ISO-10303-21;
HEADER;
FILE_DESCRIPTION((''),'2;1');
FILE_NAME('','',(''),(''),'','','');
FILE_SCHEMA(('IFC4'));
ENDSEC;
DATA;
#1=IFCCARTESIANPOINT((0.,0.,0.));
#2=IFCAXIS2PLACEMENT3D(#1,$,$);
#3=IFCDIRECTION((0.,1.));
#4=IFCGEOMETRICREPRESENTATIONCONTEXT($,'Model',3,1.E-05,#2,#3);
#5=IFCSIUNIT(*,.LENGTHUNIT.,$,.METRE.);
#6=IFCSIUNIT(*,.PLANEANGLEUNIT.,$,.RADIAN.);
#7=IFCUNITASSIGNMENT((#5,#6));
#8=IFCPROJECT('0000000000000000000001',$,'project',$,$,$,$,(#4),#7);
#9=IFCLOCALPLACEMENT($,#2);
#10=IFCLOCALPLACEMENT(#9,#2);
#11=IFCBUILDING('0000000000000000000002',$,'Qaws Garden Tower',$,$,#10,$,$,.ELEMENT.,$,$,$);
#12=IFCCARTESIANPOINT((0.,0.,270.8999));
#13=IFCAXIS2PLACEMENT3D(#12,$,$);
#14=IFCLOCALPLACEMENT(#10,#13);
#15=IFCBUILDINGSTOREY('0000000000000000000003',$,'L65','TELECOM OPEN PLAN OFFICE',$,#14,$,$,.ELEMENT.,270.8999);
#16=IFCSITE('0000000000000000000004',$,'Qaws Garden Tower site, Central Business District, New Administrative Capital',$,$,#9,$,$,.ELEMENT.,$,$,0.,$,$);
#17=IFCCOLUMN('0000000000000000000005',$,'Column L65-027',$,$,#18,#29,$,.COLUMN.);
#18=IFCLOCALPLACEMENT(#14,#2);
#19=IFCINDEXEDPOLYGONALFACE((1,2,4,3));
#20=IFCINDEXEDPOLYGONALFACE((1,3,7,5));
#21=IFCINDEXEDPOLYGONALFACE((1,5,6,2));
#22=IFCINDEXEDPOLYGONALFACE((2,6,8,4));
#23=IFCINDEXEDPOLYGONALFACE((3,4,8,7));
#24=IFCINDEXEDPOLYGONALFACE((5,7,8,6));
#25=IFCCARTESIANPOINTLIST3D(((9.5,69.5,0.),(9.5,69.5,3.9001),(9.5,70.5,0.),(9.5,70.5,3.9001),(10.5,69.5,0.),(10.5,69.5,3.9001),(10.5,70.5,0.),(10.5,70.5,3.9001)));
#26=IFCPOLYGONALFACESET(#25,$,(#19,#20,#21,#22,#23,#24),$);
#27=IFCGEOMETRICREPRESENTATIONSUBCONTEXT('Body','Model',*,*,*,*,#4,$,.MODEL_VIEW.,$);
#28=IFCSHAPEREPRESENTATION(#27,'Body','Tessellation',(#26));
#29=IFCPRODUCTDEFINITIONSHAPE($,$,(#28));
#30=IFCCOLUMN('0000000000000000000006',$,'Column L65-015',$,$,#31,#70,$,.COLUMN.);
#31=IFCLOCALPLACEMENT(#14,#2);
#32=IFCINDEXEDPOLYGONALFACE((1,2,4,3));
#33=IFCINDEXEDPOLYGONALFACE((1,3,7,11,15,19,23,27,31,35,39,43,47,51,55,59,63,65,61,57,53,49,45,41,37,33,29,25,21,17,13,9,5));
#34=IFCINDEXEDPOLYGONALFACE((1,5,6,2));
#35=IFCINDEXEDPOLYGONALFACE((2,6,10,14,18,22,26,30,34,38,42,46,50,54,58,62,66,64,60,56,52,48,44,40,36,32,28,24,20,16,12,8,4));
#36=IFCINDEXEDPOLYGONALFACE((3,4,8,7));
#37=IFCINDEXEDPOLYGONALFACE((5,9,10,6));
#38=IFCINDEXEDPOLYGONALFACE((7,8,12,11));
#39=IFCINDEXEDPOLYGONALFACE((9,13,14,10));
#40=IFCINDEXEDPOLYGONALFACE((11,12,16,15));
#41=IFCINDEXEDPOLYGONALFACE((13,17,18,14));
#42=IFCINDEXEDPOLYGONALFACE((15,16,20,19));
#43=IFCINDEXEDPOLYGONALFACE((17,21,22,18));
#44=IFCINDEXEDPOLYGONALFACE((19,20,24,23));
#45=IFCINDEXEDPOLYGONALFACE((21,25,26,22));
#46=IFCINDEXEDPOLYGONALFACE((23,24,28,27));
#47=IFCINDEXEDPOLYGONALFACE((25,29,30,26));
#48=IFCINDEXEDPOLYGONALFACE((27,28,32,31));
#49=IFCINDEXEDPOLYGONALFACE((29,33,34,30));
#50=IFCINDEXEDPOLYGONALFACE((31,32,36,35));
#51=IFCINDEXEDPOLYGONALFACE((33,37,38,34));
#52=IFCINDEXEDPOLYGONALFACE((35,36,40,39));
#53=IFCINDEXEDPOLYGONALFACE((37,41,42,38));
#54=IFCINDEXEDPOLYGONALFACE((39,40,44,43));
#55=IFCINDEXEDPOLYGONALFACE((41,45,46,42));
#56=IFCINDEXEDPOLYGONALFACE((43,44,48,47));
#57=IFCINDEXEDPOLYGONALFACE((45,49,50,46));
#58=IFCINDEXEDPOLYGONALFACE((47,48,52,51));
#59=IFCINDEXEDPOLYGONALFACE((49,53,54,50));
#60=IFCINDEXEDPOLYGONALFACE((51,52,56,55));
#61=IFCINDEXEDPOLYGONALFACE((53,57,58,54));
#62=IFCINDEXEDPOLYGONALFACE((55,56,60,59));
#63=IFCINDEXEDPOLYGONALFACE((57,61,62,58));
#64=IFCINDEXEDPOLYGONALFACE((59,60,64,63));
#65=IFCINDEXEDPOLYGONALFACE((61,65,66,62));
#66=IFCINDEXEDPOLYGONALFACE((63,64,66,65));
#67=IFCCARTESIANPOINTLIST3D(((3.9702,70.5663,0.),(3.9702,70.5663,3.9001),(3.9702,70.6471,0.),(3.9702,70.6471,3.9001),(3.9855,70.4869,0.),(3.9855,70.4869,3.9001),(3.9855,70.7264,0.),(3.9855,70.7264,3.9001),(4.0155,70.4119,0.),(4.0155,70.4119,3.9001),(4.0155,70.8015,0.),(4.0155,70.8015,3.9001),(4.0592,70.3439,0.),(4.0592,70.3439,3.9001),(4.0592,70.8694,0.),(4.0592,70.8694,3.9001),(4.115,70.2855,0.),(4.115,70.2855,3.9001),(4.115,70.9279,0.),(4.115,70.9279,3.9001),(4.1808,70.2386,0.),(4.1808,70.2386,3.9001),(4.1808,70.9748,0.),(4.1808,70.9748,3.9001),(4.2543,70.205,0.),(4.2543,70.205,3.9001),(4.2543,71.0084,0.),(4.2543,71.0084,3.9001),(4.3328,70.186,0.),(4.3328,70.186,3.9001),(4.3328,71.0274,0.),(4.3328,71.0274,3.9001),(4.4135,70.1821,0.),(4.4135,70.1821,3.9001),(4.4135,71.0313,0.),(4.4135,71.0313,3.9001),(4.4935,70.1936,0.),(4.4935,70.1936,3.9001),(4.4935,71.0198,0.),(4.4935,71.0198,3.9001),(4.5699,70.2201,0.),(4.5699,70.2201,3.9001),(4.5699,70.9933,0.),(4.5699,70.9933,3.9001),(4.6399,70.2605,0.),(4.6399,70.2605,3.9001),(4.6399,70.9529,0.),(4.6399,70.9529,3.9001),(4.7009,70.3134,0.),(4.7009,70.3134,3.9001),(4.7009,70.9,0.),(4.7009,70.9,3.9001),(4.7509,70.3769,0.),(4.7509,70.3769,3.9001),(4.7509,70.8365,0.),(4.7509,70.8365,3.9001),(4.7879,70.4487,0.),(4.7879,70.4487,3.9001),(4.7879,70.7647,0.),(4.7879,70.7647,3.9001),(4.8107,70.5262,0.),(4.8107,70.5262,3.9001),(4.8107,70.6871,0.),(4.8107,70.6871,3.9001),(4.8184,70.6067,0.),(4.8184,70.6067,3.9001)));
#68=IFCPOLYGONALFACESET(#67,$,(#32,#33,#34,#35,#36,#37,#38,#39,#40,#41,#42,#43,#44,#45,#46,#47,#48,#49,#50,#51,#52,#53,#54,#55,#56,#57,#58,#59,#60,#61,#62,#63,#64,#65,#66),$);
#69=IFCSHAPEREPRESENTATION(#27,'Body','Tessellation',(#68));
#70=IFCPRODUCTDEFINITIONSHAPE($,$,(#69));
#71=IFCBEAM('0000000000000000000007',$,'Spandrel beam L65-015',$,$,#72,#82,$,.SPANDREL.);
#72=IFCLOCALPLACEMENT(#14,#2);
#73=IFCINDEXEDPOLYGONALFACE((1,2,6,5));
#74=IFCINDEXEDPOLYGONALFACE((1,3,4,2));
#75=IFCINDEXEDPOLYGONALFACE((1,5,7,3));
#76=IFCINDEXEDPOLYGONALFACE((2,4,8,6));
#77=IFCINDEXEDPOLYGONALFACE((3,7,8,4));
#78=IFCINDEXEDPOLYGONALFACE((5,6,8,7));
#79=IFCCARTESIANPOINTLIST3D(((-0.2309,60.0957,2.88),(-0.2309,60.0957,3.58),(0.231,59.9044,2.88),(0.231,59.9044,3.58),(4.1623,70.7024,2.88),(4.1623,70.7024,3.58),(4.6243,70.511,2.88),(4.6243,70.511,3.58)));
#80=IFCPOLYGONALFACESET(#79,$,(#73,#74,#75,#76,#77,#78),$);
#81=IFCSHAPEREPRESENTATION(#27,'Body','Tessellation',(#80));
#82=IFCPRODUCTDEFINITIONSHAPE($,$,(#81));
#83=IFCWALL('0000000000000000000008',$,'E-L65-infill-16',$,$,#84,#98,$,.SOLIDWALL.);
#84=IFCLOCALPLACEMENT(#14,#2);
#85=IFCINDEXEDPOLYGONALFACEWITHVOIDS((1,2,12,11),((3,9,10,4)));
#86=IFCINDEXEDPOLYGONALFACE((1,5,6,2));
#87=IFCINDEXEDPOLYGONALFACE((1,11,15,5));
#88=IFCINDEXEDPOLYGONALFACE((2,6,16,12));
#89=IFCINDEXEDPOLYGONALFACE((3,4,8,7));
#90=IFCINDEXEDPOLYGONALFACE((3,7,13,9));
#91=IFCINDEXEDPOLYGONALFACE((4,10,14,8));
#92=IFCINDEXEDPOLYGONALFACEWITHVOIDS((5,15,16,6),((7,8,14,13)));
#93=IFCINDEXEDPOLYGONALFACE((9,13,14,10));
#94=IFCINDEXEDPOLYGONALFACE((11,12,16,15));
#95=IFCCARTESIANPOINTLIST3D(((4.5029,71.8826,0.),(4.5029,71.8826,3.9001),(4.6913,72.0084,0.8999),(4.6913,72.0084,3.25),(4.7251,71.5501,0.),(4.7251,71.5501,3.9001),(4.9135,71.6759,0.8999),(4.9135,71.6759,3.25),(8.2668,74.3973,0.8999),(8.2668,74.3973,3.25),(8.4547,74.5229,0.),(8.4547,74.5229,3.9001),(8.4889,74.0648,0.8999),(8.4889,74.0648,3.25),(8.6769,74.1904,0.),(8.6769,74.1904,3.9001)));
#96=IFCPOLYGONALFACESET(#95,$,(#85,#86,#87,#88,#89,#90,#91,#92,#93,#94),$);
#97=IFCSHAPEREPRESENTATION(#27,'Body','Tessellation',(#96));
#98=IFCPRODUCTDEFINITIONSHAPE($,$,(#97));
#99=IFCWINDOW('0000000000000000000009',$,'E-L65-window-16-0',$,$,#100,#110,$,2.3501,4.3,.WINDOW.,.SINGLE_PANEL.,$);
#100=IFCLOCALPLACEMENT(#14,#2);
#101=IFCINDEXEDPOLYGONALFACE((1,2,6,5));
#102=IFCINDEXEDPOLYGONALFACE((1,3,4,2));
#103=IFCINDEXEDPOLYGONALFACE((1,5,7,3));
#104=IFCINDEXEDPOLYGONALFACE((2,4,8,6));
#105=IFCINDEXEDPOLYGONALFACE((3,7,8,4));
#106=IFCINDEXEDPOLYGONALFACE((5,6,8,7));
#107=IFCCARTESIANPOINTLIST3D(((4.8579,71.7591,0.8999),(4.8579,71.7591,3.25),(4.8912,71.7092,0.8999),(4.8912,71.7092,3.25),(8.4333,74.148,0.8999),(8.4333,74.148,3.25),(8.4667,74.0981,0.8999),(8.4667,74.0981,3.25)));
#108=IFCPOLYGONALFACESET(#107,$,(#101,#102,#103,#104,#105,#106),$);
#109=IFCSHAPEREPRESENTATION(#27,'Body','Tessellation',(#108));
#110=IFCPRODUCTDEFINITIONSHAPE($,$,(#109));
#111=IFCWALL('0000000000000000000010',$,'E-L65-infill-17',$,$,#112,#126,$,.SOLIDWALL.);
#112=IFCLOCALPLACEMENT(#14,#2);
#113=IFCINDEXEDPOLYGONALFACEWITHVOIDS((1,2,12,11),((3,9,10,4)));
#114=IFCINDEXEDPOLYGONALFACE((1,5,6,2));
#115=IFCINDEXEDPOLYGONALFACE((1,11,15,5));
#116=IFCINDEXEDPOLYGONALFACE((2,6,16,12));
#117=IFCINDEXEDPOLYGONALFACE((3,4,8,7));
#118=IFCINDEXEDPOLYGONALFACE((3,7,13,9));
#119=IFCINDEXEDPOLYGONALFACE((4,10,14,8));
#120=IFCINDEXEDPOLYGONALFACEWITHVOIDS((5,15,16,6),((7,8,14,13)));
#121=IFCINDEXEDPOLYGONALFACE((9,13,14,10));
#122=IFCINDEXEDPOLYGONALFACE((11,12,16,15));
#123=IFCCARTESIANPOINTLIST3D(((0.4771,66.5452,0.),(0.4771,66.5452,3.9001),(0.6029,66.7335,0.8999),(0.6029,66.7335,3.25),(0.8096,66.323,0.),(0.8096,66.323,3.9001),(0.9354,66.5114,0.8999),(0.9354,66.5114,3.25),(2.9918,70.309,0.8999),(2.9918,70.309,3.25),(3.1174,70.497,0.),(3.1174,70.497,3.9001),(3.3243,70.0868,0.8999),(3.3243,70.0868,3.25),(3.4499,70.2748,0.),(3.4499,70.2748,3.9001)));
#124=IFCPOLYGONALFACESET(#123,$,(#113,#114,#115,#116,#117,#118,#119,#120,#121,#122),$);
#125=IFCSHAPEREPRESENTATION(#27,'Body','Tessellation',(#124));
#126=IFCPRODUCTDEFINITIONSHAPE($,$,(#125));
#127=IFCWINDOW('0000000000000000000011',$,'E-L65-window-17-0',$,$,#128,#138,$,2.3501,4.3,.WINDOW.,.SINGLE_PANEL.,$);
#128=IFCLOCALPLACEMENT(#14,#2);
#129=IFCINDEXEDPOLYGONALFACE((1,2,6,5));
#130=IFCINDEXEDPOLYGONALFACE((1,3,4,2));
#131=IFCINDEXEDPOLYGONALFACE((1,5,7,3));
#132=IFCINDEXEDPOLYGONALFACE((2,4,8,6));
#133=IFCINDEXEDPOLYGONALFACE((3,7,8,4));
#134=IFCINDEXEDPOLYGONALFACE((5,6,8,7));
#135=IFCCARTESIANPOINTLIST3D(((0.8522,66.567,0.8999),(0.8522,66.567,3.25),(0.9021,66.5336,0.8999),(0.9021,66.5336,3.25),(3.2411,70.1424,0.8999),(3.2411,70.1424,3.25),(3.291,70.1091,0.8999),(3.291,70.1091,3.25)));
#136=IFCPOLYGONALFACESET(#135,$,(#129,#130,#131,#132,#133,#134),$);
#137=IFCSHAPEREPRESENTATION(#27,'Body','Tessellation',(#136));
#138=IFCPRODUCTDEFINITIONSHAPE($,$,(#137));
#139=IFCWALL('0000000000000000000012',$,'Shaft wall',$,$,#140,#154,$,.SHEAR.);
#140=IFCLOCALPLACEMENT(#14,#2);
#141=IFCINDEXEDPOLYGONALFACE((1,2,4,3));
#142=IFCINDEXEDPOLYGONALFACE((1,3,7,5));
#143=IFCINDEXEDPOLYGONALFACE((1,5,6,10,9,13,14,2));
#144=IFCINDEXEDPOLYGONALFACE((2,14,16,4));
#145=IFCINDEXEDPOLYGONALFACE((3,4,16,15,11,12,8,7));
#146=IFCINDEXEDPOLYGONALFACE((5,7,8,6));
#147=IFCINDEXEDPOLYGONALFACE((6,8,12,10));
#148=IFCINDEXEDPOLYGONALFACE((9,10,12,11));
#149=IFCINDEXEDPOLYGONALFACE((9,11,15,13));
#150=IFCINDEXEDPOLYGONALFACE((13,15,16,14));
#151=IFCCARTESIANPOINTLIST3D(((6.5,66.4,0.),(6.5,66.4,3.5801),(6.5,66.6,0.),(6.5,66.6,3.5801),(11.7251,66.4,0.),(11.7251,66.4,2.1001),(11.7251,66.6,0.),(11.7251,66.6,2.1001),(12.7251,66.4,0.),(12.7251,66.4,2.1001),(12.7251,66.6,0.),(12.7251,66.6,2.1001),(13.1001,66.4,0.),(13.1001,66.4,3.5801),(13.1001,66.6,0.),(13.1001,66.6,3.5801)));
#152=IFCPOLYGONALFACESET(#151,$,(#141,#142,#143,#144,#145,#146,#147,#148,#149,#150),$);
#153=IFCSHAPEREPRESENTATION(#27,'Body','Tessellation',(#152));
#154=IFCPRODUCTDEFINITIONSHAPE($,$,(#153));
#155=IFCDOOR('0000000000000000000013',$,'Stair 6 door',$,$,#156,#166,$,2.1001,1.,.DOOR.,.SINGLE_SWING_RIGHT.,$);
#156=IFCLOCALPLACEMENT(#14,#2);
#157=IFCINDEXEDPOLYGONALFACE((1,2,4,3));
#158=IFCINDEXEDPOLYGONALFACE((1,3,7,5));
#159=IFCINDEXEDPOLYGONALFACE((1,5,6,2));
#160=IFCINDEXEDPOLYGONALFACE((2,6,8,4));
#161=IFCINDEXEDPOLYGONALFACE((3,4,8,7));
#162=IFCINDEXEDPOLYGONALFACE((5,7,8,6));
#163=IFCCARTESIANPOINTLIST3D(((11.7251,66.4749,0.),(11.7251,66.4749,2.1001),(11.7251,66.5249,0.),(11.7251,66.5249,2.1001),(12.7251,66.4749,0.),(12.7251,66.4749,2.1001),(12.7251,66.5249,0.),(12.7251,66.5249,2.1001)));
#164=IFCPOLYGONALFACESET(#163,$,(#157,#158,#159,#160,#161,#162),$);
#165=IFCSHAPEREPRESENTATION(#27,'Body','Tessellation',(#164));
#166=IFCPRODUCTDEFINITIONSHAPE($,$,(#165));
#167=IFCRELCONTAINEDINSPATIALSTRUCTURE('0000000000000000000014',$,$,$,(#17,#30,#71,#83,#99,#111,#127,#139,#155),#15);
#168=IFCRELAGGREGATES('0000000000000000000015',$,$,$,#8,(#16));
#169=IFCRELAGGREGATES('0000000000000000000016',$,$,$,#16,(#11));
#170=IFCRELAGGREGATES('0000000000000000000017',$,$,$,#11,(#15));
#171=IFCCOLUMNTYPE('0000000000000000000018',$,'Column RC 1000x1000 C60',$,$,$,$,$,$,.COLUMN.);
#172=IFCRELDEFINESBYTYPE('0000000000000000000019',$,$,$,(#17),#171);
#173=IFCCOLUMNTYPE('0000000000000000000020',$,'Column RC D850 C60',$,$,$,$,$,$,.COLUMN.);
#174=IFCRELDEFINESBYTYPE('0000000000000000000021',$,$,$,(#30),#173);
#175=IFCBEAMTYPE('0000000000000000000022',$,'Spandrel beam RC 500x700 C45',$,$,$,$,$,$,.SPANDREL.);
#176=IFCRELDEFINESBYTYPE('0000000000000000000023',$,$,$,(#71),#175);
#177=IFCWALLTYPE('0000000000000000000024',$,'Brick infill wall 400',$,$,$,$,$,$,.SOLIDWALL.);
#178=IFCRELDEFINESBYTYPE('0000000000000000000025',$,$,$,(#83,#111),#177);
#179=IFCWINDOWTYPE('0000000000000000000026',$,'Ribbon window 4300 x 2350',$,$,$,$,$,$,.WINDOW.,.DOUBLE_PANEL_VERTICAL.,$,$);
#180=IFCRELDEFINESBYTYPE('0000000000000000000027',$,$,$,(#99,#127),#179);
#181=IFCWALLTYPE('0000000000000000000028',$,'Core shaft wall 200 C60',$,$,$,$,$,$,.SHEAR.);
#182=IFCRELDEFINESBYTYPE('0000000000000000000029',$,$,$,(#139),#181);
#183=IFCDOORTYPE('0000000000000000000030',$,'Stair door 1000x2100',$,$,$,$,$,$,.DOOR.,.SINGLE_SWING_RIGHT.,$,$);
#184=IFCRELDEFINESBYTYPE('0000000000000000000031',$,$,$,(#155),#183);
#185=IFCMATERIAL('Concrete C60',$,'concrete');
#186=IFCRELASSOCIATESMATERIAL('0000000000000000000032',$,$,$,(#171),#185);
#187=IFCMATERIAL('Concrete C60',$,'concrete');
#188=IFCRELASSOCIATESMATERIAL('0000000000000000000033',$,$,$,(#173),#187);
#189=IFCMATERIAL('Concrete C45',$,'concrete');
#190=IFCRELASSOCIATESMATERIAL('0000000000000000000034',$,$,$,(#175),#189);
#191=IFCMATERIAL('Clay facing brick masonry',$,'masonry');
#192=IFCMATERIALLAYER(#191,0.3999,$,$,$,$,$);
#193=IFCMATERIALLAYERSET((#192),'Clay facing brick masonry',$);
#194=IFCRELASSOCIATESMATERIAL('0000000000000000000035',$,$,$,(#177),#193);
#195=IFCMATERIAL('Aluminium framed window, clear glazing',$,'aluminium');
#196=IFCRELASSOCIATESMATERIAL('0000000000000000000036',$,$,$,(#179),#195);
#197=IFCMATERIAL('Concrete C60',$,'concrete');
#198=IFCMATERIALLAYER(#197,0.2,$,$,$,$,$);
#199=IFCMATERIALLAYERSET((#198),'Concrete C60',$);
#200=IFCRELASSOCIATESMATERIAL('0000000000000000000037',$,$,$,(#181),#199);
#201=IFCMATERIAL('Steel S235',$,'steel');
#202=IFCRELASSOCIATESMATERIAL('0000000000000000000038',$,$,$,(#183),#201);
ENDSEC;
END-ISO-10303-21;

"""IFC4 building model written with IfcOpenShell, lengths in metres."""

from ifc_helpers import new_model, si_unit, direction, frame, frame_2d, origin, origin_2d, place, context, subcontext, project, spatial, rectangle, circle, extrude, material, layer, layer_set, material_profile, profile_set, type_object, element, fill, save


model = new_model("IFC4")

# Units and contexts
model_context = context("Model", 3, precision=1e-05, world=origin(), true_north=direction((0.0, 1.0)))
body_context = subcontext(model_context, "Body", "Model", "MODEL_VIEW")
ifc_project = project(units=[si_unit("LENGTHUNIT", "METRE"), si_unit("PLANEANGLEUNIT", "RADIAN")], contexts=[model_context])

# Site, building, storey
site_placement = place(None, origin())
site = spatial("IfcSite", under=ifc_project, at=site_placement, Name="Qaws Garden Tower site, Central Business District, New Administrative Capital", CompositionType="ELEMENT", RefElevation=0.0)
building_placement = place(site_placement, origin())
building = spatial("IfcBuilding", under=site, at=building_placement, Name="Qaws Garden Tower", CompositionType="ELEMENT")
storey_placement = place(building_placement, frame((0.0, 0.0, 270.8999)))
storey = spatial("IfcBuildingStorey", under=building, at=storey_placement, Name="L65", Description="TELECOM OPEN PLAN OFFICE", CompositionType="ELEMENT", Elevation=270.8999)

# Columns
ifc_material_1 = material(Name="Concrete C60", Category="concrete")
ifc_material_profile_1 = material_profile(ifc_material_1, rectangle(XDim=1.0, YDim=1.0, at=origin_2d()), Name="RC 1000x1000")
ifc_profile_set_1 = profile_set([ifc_material_profile_1], Name="Concrete C60")
column_type_1 = type_object("IfcColumnType", Name="Column RC 1000x1000 C60", PredefinedType="COLUMN", material=ifc_profile_set_1)
column_1_placement = place(storey_placement, frame((10.0, 70.0, 0.0), z_axis=(0.0, 0.0, 1.0), x_axis=(1.0, 0.0, 0.0)))
element("IfcColumn", 1, at=column_1_placement, inside=storey, type_object=column_type_1, Name="Column L65-027", PredefinedType="COLUMN", context=body_context, shape_type="SweptSolid", body=[
    extrude(rectangle(XDim=1.0, YDim=1.0, at=origin_2d()), origin(), (0.0, 0.0, 1.0), 3.9001),
])
ifc_material_2 = material(Name="Concrete C60", Category="concrete")
ifc_material_profile_2 = material_profile(ifc_material_2, circle(Radius=0.425, at=origin_2d()), Name="RC D850")
ifc_profile_set_2 = profile_set([ifc_material_profile_2], Name="Concrete C60")
column_type_2 = type_object("IfcColumnType", Name="Column RC D850 C60", PredefinedType="COLUMN", material=ifc_profile_set_2)
column_2_placement = place(storey_placement, frame((4.3933, 70.6067, 0.0), z_axis=(0.0, 0.0, 1.0), x_axis=(1.0, 0.0, 0.0)))
element("IfcColumn", 2, at=column_2_placement, inside=storey, type_object=column_type_2, Name="Column L65-015", PredefinedType="COLUMN", context=body_context, shape_type="SweptSolid", body=[
    extrude(circle(Radius=0.425, at=origin_2d()), origin(), (0.0, 0.0, 1.0), 3.9001),
])

# Beam
ifc_material_3 = material(Name="Concrete C45", Category="concrete")
ifc_material_profile_3 = material_profile(ifc_material_3, rectangle(XDim=0.5, YDim=0.7, at=origin_2d()), Name="RC 500x700")
ifc_profile_set_3 = profile_set([ifc_material_profile_3], Name="Concrete C45")
beam_type = type_object("IfcBeamType", Name="Spandrel beam RC 500x700 C45", PredefinedType="SPANDREL", material=ifc_profile_set_3)
beam_placement = place(storey_placement, frame((4.3933, 70.6067, 3.23), z_axis=(-0.382674, -0.923883, 0.0), x_axis=(0.923883, -0.382674, 0.0)))
element("IfcBeam", 3, at=beam_placement, inside=storey, type_object=beam_type, Name="Spandrel beam L65-015", PredefinedType="SPANDREL", context=body_context, shape_type="SweptSolid", body=[
    extrude(rectangle(XDim=0.5, YDim=0.7, at=origin_2d()), origin(), (0.0, 0.0, 1.0), 11.4805),
])

# Walls, openings, windows
ifc_material_4 = material(Name="Clay facing brick masonry", Category="masonry")
ifc_layer_1 = layer(ifc_material_4, 0.3999)
ifc_layer_set_1 = layer_set([ifc_layer_1], Name="Clay facing brick masonry")
wall_type_1 = type_object("IfcWallType", Name="Brick infill wall 400", PredefinedType="SOLIDWALL", material=ifc_layer_set_1)
wall_1_placement = place(storey_placement, frame((8.5659, 74.3567, 0.0), z_axis=(0.0, 0.0, 1.0), x_axis=(-0.831489, -0.555542, 0.0)))
wall_1 = element("IfcWall", 4, at=wall_1_placement, inside=storey, type_object=wall_type_1, Name="E-L65-infill-16", PredefinedType="SOLIDWALL", context=body_context, shape_type="SweptSolid", body=[
    extrude(rectangle(XDim=4.7527, YDim=0.3999, at=frame_2d((2.3765, 0.0))), origin(), (0.0, 0.0, 1.0), 3.9001),
])
opening_1_placement = place(wall_1_placement, frame((0.2263, 0.0, 0.8999)))
opening_1 = element("IfcOpeningElement", 5, at=opening_1_placement, cuts=wall_1, PredefinedType="OPENING", context=body_context, shape_type="SweptSolid", body=[
    extrude(rectangle(XDim=4.3, YDim=2.3501, at=frame_2d((2.1499, 1.175))), frame((0.0, 0.21, 0.0), z_axis=(0.0, -1.0, 0.0), x_axis=(1.0, 0.0, 0.0)), (0.0, 0.0, 1.0), 0.4199),
])
ifc_material_5 = material(Name="Aluminium framed window, clear glazing", Category="aluminium")
window_type = type_object("IfcWindowType", Name="Ribbon window 4300 x 2350", PartitioningType="DOUBLE_PANEL_VERTICAL", PredefinedType="WINDOW", material=ifc_material_5)
window_1_placement = place(opening_1_placement, origin())
window_1 = element("IfcWindow", 6, at=window_1_placement, inside=storey, type_object=window_type, Name="E-L65-window-16-0", OverallHeight=2.3501, OverallWidth=4.3, PartitioningType="SINGLE_PANEL", PredefinedType="WINDOW", context=body_context, shape_type="SweptSolid", body=[
    extrude(rectangle(XDim=4.3, YDim=2.3501, at=frame_2d((2.1499, 1.175))), frame((0.0, 0.1599, 0.0), z_axis=(0.0, -1.0, 0.0), x_axis=(1.0, 0.0, 0.0)), (0.0, 0.0, 1.0), 0.0601),
])
fill(opening_1, window_1)
wall_2_placement = place(storey_placement, frame((3.2837, 70.386, 0.0), z_axis=(0.0, 0.0, 1.0), x_axis=(-0.555542, -0.831489, 0.0)))
wall_2 = element("IfcWall", 7, at=wall_2_placement, inside=storey, type_object=wall_type_1, Name="E-L65-infill-17", PredefinedType="SOLIDWALL", context=body_context, shape_type="SweptSolid", body=[
    extrude(rectangle(XDim=4.7527, YDim=0.3999, at=frame_2d((2.3765, 0.0))), origin(), (0.0, 0.0, 1.0), 3.9001),
])
opening_2_placement = place(wall_2_placement, frame((0.2263, 0.0, 0.8999)))
opening_2 = element("IfcOpeningElement", 8, at=opening_2_placement, cuts=wall_2, PredefinedType="OPENING", context=body_context, shape_type="SweptSolid", body=[
    extrude(rectangle(XDim=4.3, YDim=2.3501, at=frame_2d((2.1499, 1.175))), frame((0.0, 0.21, 0.0), z_axis=(0.0, -1.0, 0.0), x_axis=(1.0, 0.0, 0.0)), (0.0, 0.0, 1.0), 0.4199),
])
window_2_placement = place(opening_2_placement, origin())
window_2 = element("IfcWindow", 9, at=window_2_placement, inside=storey, type_object=window_type, Name="E-L65-window-17-0", OverallHeight=2.3501, OverallWidth=4.3, PartitioningType="SINGLE_PANEL", PredefinedType="WINDOW", context=body_context, shape_type="SweptSolid", body=[
    extrude(rectangle(XDim=4.3, YDim=2.3501, at=frame_2d((2.1499, 1.175))), frame((0.0, 0.1599, 0.0), z_axis=(0.0, -1.0, 0.0), x_axis=(1.0, 0.0, 0.0)), (0.0, 0.0, 1.0), 0.0601),
])
fill(opening_2, window_2)

# Wall, opening, door
ifc_material_6 = material(Name="Concrete C60", Category="concrete")
ifc_layer_2 = layer(ifc_material_6, 0.2)
ifc_layer_set_2 = layer_set([ifc_layer_2], Name="Concrete C60")
wall_type_2 = type_object("IfcWallType", Name="Core shaft wall 200 C60", PredefinedType="SHEAR", material=ifc_layer_set_2)
wall_3_placement = place(storey_placement, frame((6.5, 66.5, 0.0), z_axis=(0.0, 0.0, 1.0), x_axis=(1.0, 0.0, 0.0)))
wall_3 = element("IfcWall", 10, at=wall_3_placement, inside=storey, type_object=wall_type_2, Name="Shaft wall", PredefinedType="SHEAR", context=body_context, shape_type="SweptSolid", body=[
    extrude(rectangle(XDim=6.6001, YDim=0.2, at=frame_2d((3.3, 0.0))), origin(), (0.0, 0.0, 1.0), 3.5801),
])
opening_3_placement = place(wall_3_placement, frame((5.2251, 0.0, 0.0)))
opening_3 = element("IfcOpeningElement", 11, at=opening_3_placement, cuts=wall_3, PredefinedType="OPENING", context=body_context, shape_type="SweptSolid", body=[
    extrude(rectangle(XDim=1.0, YDim=2.1001, at=frame_2d((0.5, 1.05))), frame((0.0, 0.1099, 0.0), z_axis=(0.0, -1.0, 0.0), x_axis=(1.0, 0.0, 0.0)), (0.0, 0.0, 1.0), 0.22),
])
ifc_material_7 = material(Name="Steel S235", Category="steel")
door_type = type_object("IfcDoorType", Name="Stair door 1000x2100", OperationType="SINGLE_SWING_RIGHT", PredefinedType="DOOR", material=ifc_material_7)
door_1_placement = place(opening_3_placement, origin())
door_1 = element("IfcDoor", 12, at=door_1_placement, inside=storey, type_object=door_type, Name="Stair 6 door", OperationType="SINGLE_SWING_RIGHT", OverallHeight=2.1001, OverallWidth=1.0, PredefinedType="DOOR", context=body_context, shape_type="SweptSolid", body=[
    extrude(rectangle(XDim=1.0, YDim=2.1001, at=frame_2d((0.5, 1.05))), frame((0.0, 0.0249, 0.0), z_axis=(0.0, -1.0, 0.0), x_axis=(1.0, 0.0, 0.0)), (0.0, 0.0, 1.0), 0.05),
])
fill(opening_3, door_1)

save(model, "model.ifc")
